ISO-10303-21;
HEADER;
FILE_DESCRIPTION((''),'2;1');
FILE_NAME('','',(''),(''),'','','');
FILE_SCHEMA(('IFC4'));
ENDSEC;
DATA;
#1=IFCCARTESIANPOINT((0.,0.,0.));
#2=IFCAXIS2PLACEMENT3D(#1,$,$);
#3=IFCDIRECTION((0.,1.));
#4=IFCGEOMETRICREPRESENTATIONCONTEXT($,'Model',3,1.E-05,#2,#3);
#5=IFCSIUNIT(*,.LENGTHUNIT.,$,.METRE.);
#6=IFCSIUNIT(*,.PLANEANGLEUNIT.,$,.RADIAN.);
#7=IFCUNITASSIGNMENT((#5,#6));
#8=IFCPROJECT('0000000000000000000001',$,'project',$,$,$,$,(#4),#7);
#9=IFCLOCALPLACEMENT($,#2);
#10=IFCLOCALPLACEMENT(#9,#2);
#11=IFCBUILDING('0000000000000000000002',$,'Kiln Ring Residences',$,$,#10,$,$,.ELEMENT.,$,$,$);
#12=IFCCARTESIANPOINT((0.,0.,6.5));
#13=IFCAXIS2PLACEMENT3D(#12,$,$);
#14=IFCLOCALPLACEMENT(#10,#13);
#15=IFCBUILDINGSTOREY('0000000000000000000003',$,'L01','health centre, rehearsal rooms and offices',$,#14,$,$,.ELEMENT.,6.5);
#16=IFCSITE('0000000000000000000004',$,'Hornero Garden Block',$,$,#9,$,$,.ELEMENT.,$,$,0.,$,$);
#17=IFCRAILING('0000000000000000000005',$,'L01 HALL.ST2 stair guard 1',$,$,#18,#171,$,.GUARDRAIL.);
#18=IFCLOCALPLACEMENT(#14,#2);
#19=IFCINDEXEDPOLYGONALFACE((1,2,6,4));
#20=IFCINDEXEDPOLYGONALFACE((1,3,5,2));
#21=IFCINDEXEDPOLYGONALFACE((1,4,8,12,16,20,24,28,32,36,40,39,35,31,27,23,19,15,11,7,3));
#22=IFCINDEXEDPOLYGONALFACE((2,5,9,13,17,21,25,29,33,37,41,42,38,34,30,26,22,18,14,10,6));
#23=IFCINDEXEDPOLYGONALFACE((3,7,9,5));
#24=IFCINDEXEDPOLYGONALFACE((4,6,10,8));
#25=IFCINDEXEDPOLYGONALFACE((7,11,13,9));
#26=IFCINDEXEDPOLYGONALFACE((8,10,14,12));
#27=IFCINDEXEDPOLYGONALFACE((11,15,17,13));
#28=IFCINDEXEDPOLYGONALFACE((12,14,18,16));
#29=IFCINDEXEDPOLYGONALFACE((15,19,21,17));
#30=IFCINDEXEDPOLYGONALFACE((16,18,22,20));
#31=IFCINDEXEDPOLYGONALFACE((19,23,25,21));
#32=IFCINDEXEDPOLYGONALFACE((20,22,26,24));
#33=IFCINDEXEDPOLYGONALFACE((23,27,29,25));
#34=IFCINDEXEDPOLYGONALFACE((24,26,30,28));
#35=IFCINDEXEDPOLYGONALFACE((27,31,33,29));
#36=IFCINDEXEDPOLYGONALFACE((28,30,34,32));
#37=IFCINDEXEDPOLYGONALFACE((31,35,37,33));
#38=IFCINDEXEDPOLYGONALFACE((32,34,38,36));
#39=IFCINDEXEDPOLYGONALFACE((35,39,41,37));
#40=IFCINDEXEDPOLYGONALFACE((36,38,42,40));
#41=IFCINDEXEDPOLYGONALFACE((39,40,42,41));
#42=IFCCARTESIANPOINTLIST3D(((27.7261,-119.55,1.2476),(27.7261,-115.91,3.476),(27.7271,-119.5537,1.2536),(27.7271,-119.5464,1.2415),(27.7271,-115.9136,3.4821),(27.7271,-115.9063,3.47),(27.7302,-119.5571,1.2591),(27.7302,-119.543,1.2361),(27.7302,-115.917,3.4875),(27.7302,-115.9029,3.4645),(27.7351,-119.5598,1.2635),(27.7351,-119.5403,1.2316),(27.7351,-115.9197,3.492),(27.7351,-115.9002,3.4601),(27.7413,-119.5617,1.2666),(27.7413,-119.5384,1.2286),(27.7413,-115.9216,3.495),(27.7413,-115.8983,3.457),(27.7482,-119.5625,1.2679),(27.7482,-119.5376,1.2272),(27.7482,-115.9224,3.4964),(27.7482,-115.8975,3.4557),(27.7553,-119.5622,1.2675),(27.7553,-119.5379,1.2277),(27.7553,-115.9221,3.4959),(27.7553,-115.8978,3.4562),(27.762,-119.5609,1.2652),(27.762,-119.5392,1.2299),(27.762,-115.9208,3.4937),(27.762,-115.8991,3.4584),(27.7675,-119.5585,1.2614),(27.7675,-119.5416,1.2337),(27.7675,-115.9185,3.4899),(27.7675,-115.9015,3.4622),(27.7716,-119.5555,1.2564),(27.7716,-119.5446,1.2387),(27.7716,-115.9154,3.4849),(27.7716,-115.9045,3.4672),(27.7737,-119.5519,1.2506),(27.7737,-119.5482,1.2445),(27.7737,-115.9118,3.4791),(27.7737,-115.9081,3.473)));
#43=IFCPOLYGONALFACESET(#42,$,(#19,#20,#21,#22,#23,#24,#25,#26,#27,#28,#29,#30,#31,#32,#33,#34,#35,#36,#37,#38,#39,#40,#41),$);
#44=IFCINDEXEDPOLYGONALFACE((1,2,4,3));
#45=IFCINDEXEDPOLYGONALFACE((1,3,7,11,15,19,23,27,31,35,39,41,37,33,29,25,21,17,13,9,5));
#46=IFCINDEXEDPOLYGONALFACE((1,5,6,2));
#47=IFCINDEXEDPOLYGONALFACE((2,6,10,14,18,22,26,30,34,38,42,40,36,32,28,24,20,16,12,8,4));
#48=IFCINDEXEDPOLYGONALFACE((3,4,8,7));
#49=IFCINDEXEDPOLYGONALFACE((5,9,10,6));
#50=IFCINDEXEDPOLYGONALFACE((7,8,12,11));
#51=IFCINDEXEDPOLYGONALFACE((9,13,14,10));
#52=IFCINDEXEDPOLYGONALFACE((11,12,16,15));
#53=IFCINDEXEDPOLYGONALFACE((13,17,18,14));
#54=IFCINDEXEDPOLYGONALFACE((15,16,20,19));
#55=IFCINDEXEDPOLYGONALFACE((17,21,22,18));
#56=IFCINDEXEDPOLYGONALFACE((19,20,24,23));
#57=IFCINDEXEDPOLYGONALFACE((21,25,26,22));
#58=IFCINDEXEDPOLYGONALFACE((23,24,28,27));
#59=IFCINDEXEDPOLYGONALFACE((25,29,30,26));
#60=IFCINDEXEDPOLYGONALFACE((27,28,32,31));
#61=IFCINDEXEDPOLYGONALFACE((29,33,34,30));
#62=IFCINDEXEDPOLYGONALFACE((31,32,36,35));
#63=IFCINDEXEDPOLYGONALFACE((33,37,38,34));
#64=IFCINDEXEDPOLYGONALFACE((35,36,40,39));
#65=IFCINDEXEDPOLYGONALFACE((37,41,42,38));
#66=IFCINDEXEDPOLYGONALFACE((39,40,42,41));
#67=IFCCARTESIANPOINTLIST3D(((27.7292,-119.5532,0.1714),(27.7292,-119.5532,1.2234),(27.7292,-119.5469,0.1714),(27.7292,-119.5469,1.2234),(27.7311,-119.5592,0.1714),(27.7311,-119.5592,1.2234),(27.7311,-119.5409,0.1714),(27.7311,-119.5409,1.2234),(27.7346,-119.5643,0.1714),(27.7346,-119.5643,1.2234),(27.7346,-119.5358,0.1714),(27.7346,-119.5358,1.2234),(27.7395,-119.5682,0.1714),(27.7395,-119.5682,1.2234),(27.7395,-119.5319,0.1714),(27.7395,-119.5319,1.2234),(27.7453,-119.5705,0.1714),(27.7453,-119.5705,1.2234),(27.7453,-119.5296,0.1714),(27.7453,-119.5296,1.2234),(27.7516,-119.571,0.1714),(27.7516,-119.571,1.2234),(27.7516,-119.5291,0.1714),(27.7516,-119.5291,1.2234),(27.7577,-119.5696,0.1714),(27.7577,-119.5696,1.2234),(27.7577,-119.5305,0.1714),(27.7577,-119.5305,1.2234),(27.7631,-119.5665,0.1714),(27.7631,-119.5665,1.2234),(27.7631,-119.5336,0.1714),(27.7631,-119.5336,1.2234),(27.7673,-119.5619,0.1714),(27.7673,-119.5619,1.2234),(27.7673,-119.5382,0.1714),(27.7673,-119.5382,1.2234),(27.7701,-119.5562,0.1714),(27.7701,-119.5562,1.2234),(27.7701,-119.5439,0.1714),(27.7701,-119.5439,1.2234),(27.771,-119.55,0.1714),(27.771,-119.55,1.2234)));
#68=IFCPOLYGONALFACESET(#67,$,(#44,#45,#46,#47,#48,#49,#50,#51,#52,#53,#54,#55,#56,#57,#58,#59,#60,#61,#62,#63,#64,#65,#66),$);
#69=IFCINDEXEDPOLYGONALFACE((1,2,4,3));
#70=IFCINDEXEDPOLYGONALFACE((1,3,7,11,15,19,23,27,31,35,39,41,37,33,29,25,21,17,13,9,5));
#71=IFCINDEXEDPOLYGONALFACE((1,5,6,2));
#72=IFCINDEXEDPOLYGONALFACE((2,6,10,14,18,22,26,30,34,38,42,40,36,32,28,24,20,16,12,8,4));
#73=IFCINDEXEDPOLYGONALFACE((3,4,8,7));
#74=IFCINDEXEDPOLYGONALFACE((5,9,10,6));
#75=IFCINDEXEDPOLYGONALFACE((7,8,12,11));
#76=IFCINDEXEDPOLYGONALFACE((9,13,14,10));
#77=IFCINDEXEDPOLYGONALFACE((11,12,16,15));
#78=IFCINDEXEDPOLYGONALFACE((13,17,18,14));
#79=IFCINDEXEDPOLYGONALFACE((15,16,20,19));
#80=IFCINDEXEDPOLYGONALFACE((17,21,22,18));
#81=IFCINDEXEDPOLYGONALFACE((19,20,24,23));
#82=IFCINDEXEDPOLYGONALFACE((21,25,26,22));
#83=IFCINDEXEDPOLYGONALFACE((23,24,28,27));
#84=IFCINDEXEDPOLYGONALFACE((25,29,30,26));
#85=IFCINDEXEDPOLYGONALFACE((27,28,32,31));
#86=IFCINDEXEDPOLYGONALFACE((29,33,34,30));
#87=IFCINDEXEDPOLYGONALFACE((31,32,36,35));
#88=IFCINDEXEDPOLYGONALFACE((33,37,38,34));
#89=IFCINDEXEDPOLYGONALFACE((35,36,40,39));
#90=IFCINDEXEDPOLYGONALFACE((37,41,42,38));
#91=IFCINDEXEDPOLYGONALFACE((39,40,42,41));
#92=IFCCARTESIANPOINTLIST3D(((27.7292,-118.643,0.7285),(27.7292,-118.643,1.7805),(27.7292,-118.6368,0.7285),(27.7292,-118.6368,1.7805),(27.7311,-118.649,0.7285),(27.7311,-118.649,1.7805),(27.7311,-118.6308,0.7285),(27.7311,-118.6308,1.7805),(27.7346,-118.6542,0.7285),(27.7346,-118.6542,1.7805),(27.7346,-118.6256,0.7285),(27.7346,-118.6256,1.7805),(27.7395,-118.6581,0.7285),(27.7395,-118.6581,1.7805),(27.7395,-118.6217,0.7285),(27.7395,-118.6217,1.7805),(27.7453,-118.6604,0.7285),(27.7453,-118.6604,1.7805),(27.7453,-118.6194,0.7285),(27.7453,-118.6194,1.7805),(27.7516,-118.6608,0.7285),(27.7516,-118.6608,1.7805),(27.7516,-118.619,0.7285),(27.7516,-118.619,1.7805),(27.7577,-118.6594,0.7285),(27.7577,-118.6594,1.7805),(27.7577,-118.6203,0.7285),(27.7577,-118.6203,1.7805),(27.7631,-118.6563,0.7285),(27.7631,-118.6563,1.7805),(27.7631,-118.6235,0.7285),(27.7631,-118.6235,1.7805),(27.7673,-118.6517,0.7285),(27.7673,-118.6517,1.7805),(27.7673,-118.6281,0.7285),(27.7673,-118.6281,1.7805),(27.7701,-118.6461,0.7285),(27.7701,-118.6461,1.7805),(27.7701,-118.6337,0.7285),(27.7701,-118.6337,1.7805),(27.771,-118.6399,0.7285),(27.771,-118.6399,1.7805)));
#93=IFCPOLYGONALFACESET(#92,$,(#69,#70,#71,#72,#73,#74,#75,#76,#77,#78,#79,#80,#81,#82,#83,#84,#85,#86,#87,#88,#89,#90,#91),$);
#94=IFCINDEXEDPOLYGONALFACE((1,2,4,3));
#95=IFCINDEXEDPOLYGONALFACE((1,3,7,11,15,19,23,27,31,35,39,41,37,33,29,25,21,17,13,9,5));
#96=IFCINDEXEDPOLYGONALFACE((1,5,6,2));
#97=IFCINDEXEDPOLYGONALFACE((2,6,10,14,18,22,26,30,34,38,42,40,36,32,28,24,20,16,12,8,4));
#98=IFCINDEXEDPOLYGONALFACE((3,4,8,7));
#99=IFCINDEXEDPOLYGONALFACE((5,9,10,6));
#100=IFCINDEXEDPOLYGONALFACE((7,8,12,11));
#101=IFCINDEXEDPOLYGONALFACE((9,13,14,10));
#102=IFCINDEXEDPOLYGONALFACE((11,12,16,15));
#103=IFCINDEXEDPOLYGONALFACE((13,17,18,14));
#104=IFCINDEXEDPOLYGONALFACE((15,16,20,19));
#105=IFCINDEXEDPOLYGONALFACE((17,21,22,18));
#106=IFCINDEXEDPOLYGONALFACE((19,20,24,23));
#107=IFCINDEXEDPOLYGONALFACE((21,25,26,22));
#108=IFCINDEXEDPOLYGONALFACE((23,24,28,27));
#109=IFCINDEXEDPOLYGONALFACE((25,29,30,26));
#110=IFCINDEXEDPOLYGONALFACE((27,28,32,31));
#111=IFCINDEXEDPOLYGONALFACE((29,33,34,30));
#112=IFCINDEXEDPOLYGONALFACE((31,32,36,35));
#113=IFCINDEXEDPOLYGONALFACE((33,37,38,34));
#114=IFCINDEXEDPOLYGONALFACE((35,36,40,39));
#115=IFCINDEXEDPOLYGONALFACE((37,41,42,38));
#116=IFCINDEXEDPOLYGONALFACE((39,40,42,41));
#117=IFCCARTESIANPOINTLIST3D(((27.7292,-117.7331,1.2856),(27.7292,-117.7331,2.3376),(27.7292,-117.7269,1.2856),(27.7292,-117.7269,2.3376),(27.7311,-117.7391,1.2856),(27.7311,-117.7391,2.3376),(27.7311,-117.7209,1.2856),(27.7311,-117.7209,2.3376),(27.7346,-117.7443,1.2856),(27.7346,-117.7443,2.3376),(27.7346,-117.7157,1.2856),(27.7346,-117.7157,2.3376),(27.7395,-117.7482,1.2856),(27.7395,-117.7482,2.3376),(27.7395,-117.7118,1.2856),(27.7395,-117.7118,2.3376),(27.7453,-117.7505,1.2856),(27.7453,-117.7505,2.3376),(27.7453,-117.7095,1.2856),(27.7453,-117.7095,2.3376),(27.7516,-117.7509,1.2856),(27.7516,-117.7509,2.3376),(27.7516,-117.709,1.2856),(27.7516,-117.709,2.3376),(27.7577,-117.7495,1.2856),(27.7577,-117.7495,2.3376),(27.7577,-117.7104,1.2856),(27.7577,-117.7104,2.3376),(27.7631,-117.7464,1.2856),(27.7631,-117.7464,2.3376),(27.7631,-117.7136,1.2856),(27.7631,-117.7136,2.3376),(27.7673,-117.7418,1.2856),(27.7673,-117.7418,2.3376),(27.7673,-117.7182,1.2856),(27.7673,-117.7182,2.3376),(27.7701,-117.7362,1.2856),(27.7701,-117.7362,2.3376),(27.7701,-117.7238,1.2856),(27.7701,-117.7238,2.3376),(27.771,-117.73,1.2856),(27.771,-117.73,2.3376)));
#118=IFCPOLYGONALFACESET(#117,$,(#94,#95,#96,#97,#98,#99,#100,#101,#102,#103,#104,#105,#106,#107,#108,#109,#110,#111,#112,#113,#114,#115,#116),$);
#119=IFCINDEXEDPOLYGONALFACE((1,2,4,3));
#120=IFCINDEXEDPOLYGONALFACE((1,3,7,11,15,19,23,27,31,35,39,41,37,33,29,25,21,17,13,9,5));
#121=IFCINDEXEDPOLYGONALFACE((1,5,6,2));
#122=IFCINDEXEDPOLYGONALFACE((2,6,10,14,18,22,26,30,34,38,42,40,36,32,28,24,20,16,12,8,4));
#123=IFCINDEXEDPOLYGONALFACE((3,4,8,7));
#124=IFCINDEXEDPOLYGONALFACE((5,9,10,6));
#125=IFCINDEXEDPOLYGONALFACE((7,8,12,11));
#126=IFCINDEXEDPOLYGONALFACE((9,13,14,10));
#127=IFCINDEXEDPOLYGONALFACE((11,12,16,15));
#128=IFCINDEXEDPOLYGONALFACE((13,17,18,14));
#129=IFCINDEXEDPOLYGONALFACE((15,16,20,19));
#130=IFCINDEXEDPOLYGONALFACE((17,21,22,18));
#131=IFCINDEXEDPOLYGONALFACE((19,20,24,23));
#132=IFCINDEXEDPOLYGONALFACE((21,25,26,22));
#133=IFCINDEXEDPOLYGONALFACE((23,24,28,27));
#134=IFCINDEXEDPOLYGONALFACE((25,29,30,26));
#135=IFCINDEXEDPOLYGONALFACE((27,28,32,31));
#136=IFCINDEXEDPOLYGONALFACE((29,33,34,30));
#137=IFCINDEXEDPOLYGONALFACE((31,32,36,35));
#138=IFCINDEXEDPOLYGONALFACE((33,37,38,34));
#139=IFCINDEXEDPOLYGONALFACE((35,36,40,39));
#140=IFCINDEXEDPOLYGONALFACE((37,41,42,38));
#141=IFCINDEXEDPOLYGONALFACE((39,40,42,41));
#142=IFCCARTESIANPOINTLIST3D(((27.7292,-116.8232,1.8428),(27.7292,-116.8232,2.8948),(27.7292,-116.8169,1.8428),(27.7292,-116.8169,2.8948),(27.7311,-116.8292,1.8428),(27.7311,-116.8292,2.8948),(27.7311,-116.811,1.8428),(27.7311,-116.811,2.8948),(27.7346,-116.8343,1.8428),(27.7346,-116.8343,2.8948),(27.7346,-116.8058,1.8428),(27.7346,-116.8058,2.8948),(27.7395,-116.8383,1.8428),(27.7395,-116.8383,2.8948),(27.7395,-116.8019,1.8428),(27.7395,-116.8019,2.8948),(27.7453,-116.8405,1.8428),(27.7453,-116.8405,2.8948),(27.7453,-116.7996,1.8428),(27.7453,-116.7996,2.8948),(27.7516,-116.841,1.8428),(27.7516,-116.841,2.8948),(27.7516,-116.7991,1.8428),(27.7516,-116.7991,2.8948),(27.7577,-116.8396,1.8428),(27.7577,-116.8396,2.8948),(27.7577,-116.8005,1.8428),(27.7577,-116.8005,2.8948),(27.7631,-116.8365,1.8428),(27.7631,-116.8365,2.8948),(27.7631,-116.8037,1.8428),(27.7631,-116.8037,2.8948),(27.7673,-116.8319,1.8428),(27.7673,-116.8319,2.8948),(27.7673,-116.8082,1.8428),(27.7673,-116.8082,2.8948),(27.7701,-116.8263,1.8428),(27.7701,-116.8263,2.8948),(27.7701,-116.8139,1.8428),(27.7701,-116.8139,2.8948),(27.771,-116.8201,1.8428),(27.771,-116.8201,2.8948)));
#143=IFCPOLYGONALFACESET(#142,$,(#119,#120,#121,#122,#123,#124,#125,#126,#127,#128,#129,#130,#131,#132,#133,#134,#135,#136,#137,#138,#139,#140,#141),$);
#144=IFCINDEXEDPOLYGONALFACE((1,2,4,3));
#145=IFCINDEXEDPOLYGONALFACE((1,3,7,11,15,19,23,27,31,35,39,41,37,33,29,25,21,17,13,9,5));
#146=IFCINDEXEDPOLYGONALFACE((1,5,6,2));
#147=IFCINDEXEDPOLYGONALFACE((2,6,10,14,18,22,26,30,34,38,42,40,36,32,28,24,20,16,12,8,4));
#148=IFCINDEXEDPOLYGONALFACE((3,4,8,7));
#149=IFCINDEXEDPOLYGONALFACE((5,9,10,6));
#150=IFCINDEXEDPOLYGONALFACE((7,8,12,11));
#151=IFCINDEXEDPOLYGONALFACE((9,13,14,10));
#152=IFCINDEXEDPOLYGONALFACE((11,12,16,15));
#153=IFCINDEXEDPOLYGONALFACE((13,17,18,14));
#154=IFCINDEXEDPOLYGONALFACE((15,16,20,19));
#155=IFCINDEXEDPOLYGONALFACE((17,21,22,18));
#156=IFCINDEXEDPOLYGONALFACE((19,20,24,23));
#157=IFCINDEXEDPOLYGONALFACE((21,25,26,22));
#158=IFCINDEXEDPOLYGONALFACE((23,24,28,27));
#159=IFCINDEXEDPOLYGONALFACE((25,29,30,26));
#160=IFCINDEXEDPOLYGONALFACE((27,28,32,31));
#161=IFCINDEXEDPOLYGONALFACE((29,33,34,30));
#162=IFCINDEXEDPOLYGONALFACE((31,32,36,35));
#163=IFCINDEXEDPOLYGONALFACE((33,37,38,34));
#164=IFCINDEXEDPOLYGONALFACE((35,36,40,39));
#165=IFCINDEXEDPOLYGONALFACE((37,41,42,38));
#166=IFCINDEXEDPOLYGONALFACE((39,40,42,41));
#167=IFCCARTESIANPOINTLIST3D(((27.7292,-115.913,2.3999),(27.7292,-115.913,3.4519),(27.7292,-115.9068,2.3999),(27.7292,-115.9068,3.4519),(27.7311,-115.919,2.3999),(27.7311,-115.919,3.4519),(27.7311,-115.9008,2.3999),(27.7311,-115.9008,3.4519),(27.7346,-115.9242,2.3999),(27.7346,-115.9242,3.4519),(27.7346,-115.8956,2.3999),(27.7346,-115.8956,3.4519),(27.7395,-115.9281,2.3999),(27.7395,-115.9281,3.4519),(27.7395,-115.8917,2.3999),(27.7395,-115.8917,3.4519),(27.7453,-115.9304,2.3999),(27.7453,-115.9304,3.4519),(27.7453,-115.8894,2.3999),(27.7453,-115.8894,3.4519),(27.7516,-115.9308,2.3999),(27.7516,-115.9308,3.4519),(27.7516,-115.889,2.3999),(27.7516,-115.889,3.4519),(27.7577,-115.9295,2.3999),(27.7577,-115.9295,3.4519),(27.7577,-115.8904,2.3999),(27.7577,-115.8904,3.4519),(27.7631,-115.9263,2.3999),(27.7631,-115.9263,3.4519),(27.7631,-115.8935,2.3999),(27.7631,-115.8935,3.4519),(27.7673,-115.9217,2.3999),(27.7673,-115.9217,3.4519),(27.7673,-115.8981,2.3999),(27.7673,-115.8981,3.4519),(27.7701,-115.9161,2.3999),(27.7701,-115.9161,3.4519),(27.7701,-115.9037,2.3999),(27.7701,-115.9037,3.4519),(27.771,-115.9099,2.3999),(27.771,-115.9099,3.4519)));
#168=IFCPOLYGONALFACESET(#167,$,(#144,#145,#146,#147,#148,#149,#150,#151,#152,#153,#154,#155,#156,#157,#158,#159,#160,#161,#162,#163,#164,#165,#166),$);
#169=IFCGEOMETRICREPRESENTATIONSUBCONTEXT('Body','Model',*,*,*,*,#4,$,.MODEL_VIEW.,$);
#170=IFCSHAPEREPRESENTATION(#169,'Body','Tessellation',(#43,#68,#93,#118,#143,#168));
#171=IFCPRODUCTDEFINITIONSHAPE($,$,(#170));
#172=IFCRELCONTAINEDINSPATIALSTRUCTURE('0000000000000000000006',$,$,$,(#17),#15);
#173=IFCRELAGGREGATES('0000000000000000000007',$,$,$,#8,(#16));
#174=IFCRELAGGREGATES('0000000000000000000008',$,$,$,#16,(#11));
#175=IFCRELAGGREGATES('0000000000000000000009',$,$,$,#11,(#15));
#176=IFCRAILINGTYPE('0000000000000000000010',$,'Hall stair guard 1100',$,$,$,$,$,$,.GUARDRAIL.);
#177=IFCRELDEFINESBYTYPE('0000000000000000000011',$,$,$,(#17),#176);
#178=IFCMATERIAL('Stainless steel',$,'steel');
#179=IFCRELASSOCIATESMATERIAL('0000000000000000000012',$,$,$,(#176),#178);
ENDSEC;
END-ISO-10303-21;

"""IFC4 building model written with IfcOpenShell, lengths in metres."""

from ifc_helpers import new_model, si_unit, direction, frame, origin, origin_2d, place, context, subcontext, project, spatial, circle, extrude, material, type_object, element, save


model = new_model("IFC4")

# Units and contexts
model_context = context("Model", 3, precision=1e-05, world=origin(), true_north=direction((0.0, 1.0)))
body_context = subcontext(model_context, "Body", "Model", "MODEL_VIEW")
ifc_project = project(units=[si_unit("LENGTHUNIT", "METRE"), si_unit("PLANEANGLEUNIT", "RADIAN")], contexts=[model_context])

# Site, building, storey
site_placement = place(None, origin())
site = spatial("IfcSite", under=ifc_project, at=site_placement, Name="Hornero Garden Block", CompositionType="ELEMENT", RefElevation=0.0)
building_placement = place(site_placement, origin())
building = spatial("IfcBuilding", under=site, at=building_placement, Name="Kiln Ring Residences", CompositionType="ELEMENT")
storey_placement = place(building_placement, frame((0.0, 0.0, 6.5)))
storey = spatial("IfcBuildingStorey", under=building, at=storey_placement, Name="L01", Description="health centre, rehearsal rooms and offices", CompositionType="ELEMENT", Elevation=6.5)

# Railing
ifc_material_1 = material(Name="Stainless steel", Category="steel")
railing_type_1 = type_object("IfcRailingType", Name="Hall stair guard 1100", PredefinedType="GUARDRAIL", material=ifc_material_1)
railing_1_placement = place(storey_placement, frame((27.75, -119.55, 0.1714)))
element("IfcRailing", 1, at=railing_1_placement, inside=storey, type_object=railing_type_1, Name="L01 HALL.ST2 stair guard 1", PredefinedType="GUARDRAIL", context=body_context, shape_type="SweptSolid", body=[
    extrude(circle(Radius=0.0239, at=origin_2d()), frame((0.0, 0.0, 1.0762), z_axis=(0.0, 0.852866, 0.52213), x_axis=(-1.0, 0.0, 0.0)), (0.0, 0.0, 1.0), 4.2681),
    extrude(circle(Radius=0.021, at=origin_2d()), origin(), (0.0, 0.0, 1.0), 1.052),
    extrude(circle(Radius=0.021, at=origin_2d()), frame((0.0, 0.9102, 0.5571)), (0.0, 0.0, 1.0), 1.052),
    extrude(circle(Radius=0.021, at=origin_2d()), frame((0.0, 1.8201, 1.1143)), (0.0, 0.0, 1.0), 1.052),
    extrude(circle(Radius=0.021, at=origin_2d()), frame((0.0, 2.73, 1.6714)), (0.0, 0.0, 1.0), 1.052),
    extrude(circle(Radius=0.021, at=origin_2d()), frame((0.0, 3.6401, 2.2285)), (0.0, 0.0, 1.0), 1.052),
])

save(model, "model.ifc")
